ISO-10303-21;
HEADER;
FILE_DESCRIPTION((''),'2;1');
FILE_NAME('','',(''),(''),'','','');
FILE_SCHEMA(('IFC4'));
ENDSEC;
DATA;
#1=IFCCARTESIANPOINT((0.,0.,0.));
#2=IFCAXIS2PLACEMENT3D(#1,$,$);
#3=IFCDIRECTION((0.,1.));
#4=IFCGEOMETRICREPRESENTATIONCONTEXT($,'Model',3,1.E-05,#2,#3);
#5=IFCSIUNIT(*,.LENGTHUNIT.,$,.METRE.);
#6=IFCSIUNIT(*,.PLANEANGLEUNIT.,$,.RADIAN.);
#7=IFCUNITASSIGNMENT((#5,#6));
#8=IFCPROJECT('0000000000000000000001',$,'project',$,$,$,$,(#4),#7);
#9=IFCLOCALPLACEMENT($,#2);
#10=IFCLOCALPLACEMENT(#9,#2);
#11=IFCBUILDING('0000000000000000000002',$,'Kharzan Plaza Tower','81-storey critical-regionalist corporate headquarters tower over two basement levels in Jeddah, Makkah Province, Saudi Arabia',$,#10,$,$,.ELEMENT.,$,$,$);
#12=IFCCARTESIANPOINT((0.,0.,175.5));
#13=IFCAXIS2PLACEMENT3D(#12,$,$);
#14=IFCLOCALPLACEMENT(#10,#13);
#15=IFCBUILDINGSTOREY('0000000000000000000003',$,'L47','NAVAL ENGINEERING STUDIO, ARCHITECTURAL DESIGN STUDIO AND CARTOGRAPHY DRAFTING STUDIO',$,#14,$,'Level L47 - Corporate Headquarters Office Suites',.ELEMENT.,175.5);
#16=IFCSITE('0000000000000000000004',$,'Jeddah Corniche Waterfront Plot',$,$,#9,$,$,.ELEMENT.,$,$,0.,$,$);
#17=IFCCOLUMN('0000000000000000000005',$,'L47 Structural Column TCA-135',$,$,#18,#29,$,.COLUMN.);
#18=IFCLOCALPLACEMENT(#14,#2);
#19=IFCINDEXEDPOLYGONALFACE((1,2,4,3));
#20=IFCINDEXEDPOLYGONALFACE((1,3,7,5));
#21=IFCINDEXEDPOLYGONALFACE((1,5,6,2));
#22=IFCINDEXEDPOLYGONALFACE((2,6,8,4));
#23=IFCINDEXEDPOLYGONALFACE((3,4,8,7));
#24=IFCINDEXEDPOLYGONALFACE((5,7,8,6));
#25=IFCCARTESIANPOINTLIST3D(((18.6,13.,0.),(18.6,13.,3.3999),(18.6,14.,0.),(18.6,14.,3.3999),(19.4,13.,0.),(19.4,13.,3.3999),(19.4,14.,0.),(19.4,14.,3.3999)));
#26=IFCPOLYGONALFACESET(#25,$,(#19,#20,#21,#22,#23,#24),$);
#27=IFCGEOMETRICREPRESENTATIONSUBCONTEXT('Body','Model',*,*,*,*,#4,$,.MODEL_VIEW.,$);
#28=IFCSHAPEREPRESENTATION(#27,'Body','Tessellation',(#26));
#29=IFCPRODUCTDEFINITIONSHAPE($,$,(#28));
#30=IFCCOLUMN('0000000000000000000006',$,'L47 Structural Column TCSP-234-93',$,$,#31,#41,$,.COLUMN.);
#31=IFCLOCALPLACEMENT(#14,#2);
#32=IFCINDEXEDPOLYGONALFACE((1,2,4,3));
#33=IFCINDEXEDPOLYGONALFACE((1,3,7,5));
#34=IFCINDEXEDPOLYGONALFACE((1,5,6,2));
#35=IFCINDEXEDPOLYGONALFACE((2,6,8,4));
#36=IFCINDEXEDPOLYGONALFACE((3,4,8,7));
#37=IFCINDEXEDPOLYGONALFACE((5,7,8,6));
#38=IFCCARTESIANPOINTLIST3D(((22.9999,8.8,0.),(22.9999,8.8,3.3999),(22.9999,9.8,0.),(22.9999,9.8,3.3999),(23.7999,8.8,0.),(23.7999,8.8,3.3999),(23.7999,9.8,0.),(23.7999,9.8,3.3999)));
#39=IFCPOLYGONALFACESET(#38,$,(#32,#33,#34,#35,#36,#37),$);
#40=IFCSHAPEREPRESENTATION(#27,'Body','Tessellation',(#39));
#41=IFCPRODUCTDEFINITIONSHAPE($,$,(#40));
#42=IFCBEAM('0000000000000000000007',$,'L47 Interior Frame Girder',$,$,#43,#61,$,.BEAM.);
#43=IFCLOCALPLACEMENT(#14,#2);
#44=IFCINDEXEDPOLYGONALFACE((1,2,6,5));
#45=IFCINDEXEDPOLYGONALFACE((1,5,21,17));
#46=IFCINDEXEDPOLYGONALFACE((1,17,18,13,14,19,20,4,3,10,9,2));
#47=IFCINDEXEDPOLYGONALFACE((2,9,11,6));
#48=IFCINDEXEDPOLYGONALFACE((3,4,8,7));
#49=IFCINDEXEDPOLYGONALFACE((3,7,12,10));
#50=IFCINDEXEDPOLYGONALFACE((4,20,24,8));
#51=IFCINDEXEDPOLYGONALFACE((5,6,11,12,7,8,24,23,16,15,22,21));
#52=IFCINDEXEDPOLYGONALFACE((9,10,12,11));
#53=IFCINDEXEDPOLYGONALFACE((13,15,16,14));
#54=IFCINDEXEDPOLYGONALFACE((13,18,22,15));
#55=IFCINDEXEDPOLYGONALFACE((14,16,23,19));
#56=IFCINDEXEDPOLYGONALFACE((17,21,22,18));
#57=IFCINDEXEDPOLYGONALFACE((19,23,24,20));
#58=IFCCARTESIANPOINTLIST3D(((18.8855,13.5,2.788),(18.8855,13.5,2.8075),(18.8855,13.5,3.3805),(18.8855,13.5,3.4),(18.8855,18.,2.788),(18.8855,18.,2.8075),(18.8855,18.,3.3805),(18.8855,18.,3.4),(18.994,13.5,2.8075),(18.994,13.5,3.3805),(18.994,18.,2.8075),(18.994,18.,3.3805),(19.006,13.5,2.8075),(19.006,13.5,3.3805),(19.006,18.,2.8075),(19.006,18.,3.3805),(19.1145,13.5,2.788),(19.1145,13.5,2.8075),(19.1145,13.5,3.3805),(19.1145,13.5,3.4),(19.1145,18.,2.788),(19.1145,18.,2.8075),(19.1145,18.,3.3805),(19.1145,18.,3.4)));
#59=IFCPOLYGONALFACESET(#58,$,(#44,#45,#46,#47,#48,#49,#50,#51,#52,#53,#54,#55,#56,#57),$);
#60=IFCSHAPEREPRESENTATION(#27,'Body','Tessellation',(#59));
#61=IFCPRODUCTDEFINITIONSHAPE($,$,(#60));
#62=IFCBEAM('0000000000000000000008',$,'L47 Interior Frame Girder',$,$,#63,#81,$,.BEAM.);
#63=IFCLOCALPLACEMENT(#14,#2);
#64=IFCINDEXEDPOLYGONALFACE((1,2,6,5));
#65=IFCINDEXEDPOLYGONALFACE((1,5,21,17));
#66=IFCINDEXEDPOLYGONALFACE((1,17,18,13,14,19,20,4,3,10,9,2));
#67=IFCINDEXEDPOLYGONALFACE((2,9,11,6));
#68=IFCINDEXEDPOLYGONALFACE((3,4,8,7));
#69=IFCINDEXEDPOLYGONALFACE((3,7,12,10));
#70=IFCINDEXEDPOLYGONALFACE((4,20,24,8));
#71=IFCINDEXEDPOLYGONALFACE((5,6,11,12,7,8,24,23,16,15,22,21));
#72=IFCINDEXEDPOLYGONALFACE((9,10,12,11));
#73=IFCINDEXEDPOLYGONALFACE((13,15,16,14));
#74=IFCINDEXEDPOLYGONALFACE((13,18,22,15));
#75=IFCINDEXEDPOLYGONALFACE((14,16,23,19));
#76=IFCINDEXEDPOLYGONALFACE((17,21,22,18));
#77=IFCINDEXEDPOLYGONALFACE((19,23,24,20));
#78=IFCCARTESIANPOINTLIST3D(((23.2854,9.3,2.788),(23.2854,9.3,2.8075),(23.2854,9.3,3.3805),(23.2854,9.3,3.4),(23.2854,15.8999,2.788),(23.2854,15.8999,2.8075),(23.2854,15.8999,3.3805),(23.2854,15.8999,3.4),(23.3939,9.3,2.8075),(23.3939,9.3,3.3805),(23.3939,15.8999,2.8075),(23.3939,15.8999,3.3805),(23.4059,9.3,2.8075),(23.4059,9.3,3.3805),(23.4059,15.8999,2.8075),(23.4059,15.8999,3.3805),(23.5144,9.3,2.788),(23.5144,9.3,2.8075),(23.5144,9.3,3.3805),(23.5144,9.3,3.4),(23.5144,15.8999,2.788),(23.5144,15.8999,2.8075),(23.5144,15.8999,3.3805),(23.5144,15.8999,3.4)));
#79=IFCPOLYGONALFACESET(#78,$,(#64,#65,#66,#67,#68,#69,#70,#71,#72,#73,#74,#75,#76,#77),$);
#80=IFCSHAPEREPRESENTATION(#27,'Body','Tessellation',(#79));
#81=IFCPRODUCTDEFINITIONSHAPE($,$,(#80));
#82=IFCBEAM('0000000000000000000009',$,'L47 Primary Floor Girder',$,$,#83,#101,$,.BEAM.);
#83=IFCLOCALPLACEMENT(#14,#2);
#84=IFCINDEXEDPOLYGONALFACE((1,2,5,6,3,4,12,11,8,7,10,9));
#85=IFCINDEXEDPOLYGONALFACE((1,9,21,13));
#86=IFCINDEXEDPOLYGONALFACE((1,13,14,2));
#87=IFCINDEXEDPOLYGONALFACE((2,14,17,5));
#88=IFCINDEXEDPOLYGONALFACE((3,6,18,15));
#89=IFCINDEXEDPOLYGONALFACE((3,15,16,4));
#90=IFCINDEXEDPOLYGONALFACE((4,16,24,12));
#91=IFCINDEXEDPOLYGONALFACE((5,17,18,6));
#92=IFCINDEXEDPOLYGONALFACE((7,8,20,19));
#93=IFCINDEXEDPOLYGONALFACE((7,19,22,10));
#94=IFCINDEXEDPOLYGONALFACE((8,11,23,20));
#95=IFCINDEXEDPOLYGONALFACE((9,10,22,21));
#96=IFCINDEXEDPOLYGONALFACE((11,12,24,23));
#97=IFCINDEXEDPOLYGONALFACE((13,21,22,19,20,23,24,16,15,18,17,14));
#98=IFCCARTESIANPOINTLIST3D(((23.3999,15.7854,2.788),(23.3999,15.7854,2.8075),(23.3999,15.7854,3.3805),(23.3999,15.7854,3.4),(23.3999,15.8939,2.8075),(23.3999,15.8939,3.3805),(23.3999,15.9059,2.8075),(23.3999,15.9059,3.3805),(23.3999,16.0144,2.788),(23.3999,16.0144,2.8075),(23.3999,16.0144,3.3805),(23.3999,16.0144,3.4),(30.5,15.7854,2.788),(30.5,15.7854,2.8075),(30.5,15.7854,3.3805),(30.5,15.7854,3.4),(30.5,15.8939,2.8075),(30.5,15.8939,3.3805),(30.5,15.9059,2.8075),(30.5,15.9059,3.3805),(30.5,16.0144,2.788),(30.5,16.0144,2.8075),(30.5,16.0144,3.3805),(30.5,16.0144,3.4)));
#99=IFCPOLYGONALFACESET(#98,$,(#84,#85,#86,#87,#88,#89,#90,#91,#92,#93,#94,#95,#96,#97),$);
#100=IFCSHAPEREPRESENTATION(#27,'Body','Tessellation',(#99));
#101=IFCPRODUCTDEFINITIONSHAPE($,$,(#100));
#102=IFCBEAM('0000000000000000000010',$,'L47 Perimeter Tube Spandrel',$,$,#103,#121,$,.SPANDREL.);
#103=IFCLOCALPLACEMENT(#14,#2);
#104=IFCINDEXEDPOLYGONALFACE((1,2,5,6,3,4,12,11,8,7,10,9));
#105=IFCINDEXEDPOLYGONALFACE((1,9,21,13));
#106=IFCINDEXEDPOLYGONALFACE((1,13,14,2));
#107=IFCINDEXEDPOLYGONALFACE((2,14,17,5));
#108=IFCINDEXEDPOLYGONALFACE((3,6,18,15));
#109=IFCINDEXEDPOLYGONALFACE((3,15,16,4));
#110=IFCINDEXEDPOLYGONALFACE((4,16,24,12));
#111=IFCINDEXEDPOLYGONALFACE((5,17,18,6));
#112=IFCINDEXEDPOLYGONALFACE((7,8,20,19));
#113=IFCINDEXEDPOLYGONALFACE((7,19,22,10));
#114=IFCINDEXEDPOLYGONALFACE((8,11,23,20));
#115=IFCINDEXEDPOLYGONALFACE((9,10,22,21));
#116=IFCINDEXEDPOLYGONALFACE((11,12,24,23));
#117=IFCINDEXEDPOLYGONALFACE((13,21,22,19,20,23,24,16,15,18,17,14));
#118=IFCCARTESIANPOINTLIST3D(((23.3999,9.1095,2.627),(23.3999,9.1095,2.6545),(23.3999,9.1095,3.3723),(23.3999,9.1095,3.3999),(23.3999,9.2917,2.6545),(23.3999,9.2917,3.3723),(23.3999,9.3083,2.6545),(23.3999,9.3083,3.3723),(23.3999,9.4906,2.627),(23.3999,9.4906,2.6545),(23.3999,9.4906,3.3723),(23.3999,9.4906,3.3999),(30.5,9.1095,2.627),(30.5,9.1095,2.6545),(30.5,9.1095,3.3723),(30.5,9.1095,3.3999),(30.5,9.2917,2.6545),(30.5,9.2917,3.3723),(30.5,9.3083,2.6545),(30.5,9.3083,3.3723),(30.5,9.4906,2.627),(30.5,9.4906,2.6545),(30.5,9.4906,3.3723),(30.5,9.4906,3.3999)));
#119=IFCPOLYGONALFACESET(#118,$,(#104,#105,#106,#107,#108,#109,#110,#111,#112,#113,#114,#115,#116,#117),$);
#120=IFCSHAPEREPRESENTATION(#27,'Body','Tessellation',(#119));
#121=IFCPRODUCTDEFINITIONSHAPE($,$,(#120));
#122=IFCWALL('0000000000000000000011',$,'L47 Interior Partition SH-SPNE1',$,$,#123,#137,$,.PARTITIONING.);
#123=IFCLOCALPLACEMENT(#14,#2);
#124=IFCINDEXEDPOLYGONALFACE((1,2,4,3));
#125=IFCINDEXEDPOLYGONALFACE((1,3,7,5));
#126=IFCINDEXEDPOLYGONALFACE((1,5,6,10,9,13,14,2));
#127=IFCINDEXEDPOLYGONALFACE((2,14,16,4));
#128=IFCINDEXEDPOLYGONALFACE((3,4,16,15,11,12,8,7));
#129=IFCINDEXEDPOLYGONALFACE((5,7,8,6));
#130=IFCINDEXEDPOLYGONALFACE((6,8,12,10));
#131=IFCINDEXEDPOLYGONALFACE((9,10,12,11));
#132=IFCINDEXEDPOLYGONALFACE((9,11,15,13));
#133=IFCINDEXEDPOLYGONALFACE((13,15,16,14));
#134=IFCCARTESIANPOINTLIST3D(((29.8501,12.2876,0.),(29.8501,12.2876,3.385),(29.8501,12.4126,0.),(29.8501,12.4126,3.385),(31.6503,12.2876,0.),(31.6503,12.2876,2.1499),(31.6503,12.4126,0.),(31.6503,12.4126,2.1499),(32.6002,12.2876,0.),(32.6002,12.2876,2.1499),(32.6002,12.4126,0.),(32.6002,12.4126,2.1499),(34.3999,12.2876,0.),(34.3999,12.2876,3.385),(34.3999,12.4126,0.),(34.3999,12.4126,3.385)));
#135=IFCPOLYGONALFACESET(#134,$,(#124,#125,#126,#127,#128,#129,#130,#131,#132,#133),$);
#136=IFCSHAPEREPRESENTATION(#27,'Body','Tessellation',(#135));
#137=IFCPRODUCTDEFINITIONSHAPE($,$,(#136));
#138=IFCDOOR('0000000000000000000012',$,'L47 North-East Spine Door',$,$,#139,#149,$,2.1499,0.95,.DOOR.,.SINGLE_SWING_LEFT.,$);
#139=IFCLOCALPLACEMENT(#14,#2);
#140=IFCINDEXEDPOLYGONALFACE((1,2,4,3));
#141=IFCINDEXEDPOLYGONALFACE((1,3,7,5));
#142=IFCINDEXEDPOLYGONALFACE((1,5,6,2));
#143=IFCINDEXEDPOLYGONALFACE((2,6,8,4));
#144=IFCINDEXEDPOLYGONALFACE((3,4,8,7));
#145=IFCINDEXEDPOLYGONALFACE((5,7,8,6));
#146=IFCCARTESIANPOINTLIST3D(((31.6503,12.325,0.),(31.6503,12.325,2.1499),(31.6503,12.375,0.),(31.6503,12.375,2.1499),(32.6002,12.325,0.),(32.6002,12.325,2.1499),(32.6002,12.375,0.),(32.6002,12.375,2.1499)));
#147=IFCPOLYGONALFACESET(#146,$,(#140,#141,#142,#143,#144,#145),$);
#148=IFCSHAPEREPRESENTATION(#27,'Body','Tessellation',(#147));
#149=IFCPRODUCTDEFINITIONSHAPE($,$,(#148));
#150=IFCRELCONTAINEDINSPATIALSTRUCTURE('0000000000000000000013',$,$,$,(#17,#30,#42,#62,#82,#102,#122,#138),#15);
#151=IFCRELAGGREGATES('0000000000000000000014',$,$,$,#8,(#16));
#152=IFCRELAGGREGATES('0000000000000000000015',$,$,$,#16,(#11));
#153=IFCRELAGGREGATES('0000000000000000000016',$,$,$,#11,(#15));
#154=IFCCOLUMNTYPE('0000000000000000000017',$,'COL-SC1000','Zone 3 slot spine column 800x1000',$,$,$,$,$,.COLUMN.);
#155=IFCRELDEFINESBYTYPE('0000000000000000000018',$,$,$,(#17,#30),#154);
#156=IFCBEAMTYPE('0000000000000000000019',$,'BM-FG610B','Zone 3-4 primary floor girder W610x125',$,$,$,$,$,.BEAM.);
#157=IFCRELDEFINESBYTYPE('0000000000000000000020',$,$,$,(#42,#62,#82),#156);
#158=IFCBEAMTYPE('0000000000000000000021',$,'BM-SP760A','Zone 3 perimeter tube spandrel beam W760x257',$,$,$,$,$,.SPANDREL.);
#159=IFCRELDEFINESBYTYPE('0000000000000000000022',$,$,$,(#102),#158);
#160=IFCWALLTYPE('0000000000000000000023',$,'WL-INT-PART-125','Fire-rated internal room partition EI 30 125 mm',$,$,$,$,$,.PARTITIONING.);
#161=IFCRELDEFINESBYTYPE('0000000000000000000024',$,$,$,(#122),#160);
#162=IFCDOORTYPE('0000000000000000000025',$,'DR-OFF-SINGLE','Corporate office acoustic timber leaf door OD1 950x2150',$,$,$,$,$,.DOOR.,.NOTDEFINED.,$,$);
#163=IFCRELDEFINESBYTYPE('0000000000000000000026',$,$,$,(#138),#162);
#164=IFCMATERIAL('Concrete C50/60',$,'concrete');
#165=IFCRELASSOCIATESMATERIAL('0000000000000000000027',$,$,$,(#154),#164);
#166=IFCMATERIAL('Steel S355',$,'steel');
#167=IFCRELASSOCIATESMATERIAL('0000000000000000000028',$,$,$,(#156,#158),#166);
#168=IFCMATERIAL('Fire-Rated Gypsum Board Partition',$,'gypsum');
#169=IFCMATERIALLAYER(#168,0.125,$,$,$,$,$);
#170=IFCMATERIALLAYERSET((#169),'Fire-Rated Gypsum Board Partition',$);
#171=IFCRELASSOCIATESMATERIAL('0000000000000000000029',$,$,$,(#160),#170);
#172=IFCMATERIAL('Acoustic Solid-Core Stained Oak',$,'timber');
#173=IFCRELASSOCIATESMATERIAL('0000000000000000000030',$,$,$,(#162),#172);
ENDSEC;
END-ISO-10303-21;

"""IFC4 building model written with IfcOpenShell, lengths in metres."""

from ifc_helpers import new_model, si_unit, direction, frame, frame_2d, origin, origin_2d, place, context, subcontext, project, spatial, rectangle, i_section, extrude, source, transform, mapped, material, layer, layer_set, material_profile, profile_set, type_object, element, fill, save


model = new_model("IFC4")

# Units and contexts
model_context = context("Model", 3, precision=1e-05, world=origin(), true_north=direction((0.0, 1.0)))
body_context = subcontext(model_context, "Body", "Model", "MODEL_VIEW")
ifc_project = project(units=[si_unit("LENGTHUNIT", "METRE"), si_unit("PLANEANGLEUNIT", "RADIAN")], contexts=[model_context])

# Site, building, storey
site_placement = place(None, origin())
site = spatial("IfcSite", under=ifc_project, at=site_placement, Name="Jeddah Corniche Waterfront Plot", CompositionType="ELEMENT", RefElevation=0.0)
building_placement = place(site_placement, origin())
building = spatial("IfcBuilding", under=site, at=building_placement, Name="Kharzan Plaza Tower", Description="81-storey critical-regionalist corporate headquarters tower over two basement levels in Jeddah, Makkah Province, Saudi Arabia", CompositionType="ELEMENT")
storey_placement = place(building_placement, frame((0.0, 0.0, 175.5)))
storey = spatial("IfcBuildingStorey", under=building, at=storey_placement, Name="L47", Description="NAVAL ENGINEERING STUDIO, ARCHITECTURAL DESIGN STUDIO AND CARTOGRAPHY DRAFTING STUDIO", LongName="Level L47 - Corporate Headquarters Office Suites", CompositionType="ELEMENT", Elevation=175.5)

# Columns
ifc_material_1 = material(Name="Concrete C50/60", Category="concrete")
ifc_material_profile_1 = material_profile(ifc_material_1, rectangle(XDim=0.8, YDim=1.0, at=origin_2d()), Name="RC-SC1000x800")
ifc_profile_set_1 = profile_set([ifc_material_profile_1], Name="Concrete C50/60")
column_type = type_object("IfcColumnType", Name="COL-SC1000", Description="Zone 3 slot spine column 800x1000", PredefinedType="COLUMN", material=ifc_profile_set_1)
shared_shape_1 = source(origin(), body_context, "Body", "SweptSolid", [
    extrude(rectangle(XDim=0.8, YDim=1.0, at=origin_2d()), origin(), (0.0, 0.0, 1.0), 3.3999),
])
for number, where, z_axis, x_axis, name in (
    (1, (19.0, 13.5, 0.0), (0.0, 0.0, 1.0), (1.0, 0.0, 0.0), "L47 Structural Column TCA-135"),
    (2, (23.3999, 9.3, 0.0), (0.0, 0.0, 1.0), (1.0, 0.0, 0.0), "L47 Structural Column TCSP-234-93"),
):
    element("IfcColumn", number, at=place(storey_placement, frame(where, z_axis=z_axis, x_axis=x_axis)), inside=storey, type_object=column_type, Name=name, PredefinedType="COLUMN", context=body_context, shape_type="MappedRepresentation", body=[
        mapped(shared_shape_1, transform((0.0, 0.0, 0.0), x_axis=(1.0, 0.0, 0.0), y_axis=(0.0, 1.0, 0.0), z_axis=(0.0, 0.0, 1.0))),
    ])

# Beams
ifc_material_2 = material(Name="Steel S355", Category="steel")
ifc_material_profile_2 = material_profile(ifc_material_2, i_section(OverallWidth=0.229, OverallDepth=0.6121, WebThickness=0.012, FlangeThickness=0.0195, at=origin_2d()), Name="W610x125")
ifc_profile_set_2 = profile_set([ifc_material_profile_2], Name="Steel S355")
beam_type_1 = type_object("IfcBeamType", Name="BM-FG610B", Description="Zone 3-4 primary floor girder W610x125", PredefinedType="BEAM", material=ifc_profile_set_2)
shared_shape_2 = source(origin(), body_context, "Body", "SweptSolid", [
    extrude(i_section(OverallWidth=0.229, OverallDepth=0.6121, WebThickness=0.012, FlangeThickness=0.0195, at=origin_2d()), origin(), (0.0, 0.0, 1.0), 4.5),
])
beam_1_placement = place(storey_placement, frame((19.0, 13.5, 3.094), z_axis=(0.0, 1.0, 0.0), x_axis=(-1.0, 0.0, 0.0)))
element("IfcBeam", 3, at=beam_1_placement, inside=storey, type_object=beam_type_1, Name="L47 Interior Frame Girder", PredefinedType="BEAM", context=body_context, shape_type="MappedRepresentation", body=[
    mapped(shared_shape_2, transform((0.0, 0.0, 0.0), x_axis=(1.0, 0.0, 0.0), y_axis=(0.0, 1.0, 0.0), z_axis=(0.0, 0.0, 1.0))),
])
shared_shape_3 = source(origin(), body_context, "Body", "SweptSolid", [
    extrude(i_section(OverallWidth=0.229, OverallDepth=0.6121, WebThickness=0.012, FlangeThickness=0.0195, at=origin_2d()), origin(), (0.0, 0.0, 1.0), 6.5999),
])
beam_2_placement = place(storey_placement, frame((23.3999, 9.3, 3.094), z_axis=(0.0, 1.0, 0.0), x_axis=(-1.0, 0.0, 0.0)))
element("IfcBeam", 4, at=beam_2_placement, inside=storey, type_object=beam_type_1, Name="L47 Interior Frame Girder", PredefinedType="BEAM", context=body_context, shape_type="MappedRepresentation", body=[
    mapped(shared_shape_3, transform((0.0, 0.0, 0.0), x_axis=(1.0, 0.0, 0.0), y_axis=(0.0, 1.0, 0.0), z_axis=(0.0, 0.0, 1.0))),
])
shared_shape_4 = source(origin(), body_context, "Body", "SweptSolid", [
    extrude(i_section(OverallWidth=0.229, OverallDepth=0.6121, WebThickness=0.012, FlangeThickness=0.0195, at=origin_2d()), origin(), (0.0, 0.0, 1.0), 7.1001),
])
beam_3_placement = place(storey_placement, frame((23.3999, 15.8999, 3.094), z_axis=(1.0, 0.0, 0.0), x_axis=(0.0, 1.0, 0.0)))
element("IfcBeam", 5, at=beam_3_placement, inside=storey, type_object=beam_type_1, Name="L47 Primary Floor Girder", PredefinedType="BEAM", context=body_context, shape_type="MappedRepresentation", body=[
    mapped(shared_shape_4, transform((0.0, 0.0, 0.0), x_axis=(1.0, 0.0, 0.0), y_axis=(0.0, 1.0, 0.0), z_axis=(0.0, 0.0, 1.0))),
])
ifc_material_profile_3 = material_profile(ifc_material_2, i_section(OverallWidth=0.3811, OverallDepth=0.7729, WebThickness=0.0166, FlangeThickness=0.0276, at=origin_2d()), Name="W760x257")
ifc_profile_set_3 = profile_set([ifc_material_profile_3], Name="Steel S355")
beam_type_2 = type_object("IfcBeamType", Name="BM-SP760A", Description="Zone 3 perimeter tube spandrel beam W760x257", PredefinedType="SPANDREL", material=ifc_profile_set_3)
shared_shape_5 = source(origin(), body_context, "Body", "SweptSolid", [
    extrude(i_section(OverallWidth=0.3811, OverallDepth=0.7729, WebThickness=0.0166, FlangeThickness=0.0276, at=origin_2d()), origin(), (0.0, 0.0, 1.0), 7.1001),
])
beam_4_placement = place(storey_placement, frame((23.3999, 9.3, 3.0134), z_axis=(1.0, 0.0, 0.0), x_axis=(0.0, 1.0, 0.0)))
element("IfcBeam", 6, at=beam_4_placement, inside=storey, type_object=beam_type_2, Name="L47 Perimeter Tube Spandrel", PredefinedType="SPANDREL", context=body_context, shape_type="MappedRepresentation", body=[
    mapped(shared_shape_5, transform((0.0, 0.0, 0.0), x_axis=(1.0, 0.0, 0.0), y_axis=(0.0, 1.0, 0.0), z_axis=(0.0, 0.0, 1.0))),
])

# Wall, opening, door
ifc_material_3 = material(Name="Fire-Rated Gypsum Board Partition", Category="gypsum")
ifc_layer_1 = layer(ifc_material_3, 0.125)
ifc_layer_set_1 = layer_set([ifc_layer_1], Name="Fire-Rated Gypsum Board Partition")
wall_type_1 = type_object("IfcWallType", Name="WL-INT-PART-125", Description="Fire-rated internal room partition EI 30 125 mm", PredefinedType="PARTITIONING", material=ifc_layer_set_1)
wall_1_placement = place(storey_placement, frame((29.8501, 12.3501, 0.0), z_axis=(0.0, 0.0, 1.0), x_axis=(1.0, 0.0, 0.0)))
wall_1 = element("IfcWall", 7, at=wall_1_placement, inside=storey, type_object=wall_type_1, Name="L47 Interior Partition SH-SPNE1", PredefinedType="PARTITIONING", context=body_context, shape_type="SweptSolid", body=[
    extrude(rectangle(XDim=4.5498, YDim=0.125, at=frame_2d((2.2749, 0.0))), origin(), (0.0, 0.0, 1.0), 3.385),
])
opening_1_placement = place(wall_1_placement, frame((1.8, 0.0, 0.0)))
opening_1 = element("IfcOpeningElement", 8, at=opening_1_placement, cuts=wall_1, PredefinedType="OPENING", context=body_context, shape_type="SweptSolid", body=[
    extrude(rectangle(XDim=0.95, YDim=2.1499, at=frame_2d((0.4751, 1.075))), frame((0.0, 0.0725, 0.0), z_axis=(0.0, -1.0, 0.0), x_axis=(1.0, 0.0, 0.0)), (0.0, 0.0, 1.0), 0.145),
])
ifc_material_4 = material(Name="Acoustic Solid-Core Stained Oak", Category="timber")
door_type_1 = type_object("IfcDoorType", Name="DR-OFF-SINGLE", Description="Corporate office acoustic timber leaf door OD1 950x2150", OperationType="NOTDEFINED", PredefinedType="DOOR", material=ifc_material_4)
shared_shape_6 = source(origin(), body_context, "Body", "SweptSolid", [
    extrude(rectangle(XDim=0.95, YDim=2.1499, at=frame_2d((0.4751, 1.075))), frame((0.0, 0.0249, 0.0), z_axis=(0.0, -1.0, 0.0), x_axis=(1.0, 0.0, 0.0)), (0.0, 0.0, 1.0), 0.05),
])
door_1_placement = place(opening_1_placement, origin())
door_1 = element("IfcDoor", 9, at=door_1_placement, inside=storey, type_object=door_type_1, Name="L47 North-East Spine Door", OperationType="SINGLE_SWING_LEFT", OverallHeight=2.1499, OverallWidth=0.95, PredefinedType="DOOR", context=body_context, shape_type="MappedRepresentation", body=[
    mapped(shared_shape_6, transform((0.0, 0.0, 0.0), x_axis=(1.0, 0.0, 0.0), y_axis=(0.0, 1.0, 0.0), z_axis=(0.0, 0.0, 1.0))),
])
fill(opening_1, door_1)

save(model, "model.ifc")
